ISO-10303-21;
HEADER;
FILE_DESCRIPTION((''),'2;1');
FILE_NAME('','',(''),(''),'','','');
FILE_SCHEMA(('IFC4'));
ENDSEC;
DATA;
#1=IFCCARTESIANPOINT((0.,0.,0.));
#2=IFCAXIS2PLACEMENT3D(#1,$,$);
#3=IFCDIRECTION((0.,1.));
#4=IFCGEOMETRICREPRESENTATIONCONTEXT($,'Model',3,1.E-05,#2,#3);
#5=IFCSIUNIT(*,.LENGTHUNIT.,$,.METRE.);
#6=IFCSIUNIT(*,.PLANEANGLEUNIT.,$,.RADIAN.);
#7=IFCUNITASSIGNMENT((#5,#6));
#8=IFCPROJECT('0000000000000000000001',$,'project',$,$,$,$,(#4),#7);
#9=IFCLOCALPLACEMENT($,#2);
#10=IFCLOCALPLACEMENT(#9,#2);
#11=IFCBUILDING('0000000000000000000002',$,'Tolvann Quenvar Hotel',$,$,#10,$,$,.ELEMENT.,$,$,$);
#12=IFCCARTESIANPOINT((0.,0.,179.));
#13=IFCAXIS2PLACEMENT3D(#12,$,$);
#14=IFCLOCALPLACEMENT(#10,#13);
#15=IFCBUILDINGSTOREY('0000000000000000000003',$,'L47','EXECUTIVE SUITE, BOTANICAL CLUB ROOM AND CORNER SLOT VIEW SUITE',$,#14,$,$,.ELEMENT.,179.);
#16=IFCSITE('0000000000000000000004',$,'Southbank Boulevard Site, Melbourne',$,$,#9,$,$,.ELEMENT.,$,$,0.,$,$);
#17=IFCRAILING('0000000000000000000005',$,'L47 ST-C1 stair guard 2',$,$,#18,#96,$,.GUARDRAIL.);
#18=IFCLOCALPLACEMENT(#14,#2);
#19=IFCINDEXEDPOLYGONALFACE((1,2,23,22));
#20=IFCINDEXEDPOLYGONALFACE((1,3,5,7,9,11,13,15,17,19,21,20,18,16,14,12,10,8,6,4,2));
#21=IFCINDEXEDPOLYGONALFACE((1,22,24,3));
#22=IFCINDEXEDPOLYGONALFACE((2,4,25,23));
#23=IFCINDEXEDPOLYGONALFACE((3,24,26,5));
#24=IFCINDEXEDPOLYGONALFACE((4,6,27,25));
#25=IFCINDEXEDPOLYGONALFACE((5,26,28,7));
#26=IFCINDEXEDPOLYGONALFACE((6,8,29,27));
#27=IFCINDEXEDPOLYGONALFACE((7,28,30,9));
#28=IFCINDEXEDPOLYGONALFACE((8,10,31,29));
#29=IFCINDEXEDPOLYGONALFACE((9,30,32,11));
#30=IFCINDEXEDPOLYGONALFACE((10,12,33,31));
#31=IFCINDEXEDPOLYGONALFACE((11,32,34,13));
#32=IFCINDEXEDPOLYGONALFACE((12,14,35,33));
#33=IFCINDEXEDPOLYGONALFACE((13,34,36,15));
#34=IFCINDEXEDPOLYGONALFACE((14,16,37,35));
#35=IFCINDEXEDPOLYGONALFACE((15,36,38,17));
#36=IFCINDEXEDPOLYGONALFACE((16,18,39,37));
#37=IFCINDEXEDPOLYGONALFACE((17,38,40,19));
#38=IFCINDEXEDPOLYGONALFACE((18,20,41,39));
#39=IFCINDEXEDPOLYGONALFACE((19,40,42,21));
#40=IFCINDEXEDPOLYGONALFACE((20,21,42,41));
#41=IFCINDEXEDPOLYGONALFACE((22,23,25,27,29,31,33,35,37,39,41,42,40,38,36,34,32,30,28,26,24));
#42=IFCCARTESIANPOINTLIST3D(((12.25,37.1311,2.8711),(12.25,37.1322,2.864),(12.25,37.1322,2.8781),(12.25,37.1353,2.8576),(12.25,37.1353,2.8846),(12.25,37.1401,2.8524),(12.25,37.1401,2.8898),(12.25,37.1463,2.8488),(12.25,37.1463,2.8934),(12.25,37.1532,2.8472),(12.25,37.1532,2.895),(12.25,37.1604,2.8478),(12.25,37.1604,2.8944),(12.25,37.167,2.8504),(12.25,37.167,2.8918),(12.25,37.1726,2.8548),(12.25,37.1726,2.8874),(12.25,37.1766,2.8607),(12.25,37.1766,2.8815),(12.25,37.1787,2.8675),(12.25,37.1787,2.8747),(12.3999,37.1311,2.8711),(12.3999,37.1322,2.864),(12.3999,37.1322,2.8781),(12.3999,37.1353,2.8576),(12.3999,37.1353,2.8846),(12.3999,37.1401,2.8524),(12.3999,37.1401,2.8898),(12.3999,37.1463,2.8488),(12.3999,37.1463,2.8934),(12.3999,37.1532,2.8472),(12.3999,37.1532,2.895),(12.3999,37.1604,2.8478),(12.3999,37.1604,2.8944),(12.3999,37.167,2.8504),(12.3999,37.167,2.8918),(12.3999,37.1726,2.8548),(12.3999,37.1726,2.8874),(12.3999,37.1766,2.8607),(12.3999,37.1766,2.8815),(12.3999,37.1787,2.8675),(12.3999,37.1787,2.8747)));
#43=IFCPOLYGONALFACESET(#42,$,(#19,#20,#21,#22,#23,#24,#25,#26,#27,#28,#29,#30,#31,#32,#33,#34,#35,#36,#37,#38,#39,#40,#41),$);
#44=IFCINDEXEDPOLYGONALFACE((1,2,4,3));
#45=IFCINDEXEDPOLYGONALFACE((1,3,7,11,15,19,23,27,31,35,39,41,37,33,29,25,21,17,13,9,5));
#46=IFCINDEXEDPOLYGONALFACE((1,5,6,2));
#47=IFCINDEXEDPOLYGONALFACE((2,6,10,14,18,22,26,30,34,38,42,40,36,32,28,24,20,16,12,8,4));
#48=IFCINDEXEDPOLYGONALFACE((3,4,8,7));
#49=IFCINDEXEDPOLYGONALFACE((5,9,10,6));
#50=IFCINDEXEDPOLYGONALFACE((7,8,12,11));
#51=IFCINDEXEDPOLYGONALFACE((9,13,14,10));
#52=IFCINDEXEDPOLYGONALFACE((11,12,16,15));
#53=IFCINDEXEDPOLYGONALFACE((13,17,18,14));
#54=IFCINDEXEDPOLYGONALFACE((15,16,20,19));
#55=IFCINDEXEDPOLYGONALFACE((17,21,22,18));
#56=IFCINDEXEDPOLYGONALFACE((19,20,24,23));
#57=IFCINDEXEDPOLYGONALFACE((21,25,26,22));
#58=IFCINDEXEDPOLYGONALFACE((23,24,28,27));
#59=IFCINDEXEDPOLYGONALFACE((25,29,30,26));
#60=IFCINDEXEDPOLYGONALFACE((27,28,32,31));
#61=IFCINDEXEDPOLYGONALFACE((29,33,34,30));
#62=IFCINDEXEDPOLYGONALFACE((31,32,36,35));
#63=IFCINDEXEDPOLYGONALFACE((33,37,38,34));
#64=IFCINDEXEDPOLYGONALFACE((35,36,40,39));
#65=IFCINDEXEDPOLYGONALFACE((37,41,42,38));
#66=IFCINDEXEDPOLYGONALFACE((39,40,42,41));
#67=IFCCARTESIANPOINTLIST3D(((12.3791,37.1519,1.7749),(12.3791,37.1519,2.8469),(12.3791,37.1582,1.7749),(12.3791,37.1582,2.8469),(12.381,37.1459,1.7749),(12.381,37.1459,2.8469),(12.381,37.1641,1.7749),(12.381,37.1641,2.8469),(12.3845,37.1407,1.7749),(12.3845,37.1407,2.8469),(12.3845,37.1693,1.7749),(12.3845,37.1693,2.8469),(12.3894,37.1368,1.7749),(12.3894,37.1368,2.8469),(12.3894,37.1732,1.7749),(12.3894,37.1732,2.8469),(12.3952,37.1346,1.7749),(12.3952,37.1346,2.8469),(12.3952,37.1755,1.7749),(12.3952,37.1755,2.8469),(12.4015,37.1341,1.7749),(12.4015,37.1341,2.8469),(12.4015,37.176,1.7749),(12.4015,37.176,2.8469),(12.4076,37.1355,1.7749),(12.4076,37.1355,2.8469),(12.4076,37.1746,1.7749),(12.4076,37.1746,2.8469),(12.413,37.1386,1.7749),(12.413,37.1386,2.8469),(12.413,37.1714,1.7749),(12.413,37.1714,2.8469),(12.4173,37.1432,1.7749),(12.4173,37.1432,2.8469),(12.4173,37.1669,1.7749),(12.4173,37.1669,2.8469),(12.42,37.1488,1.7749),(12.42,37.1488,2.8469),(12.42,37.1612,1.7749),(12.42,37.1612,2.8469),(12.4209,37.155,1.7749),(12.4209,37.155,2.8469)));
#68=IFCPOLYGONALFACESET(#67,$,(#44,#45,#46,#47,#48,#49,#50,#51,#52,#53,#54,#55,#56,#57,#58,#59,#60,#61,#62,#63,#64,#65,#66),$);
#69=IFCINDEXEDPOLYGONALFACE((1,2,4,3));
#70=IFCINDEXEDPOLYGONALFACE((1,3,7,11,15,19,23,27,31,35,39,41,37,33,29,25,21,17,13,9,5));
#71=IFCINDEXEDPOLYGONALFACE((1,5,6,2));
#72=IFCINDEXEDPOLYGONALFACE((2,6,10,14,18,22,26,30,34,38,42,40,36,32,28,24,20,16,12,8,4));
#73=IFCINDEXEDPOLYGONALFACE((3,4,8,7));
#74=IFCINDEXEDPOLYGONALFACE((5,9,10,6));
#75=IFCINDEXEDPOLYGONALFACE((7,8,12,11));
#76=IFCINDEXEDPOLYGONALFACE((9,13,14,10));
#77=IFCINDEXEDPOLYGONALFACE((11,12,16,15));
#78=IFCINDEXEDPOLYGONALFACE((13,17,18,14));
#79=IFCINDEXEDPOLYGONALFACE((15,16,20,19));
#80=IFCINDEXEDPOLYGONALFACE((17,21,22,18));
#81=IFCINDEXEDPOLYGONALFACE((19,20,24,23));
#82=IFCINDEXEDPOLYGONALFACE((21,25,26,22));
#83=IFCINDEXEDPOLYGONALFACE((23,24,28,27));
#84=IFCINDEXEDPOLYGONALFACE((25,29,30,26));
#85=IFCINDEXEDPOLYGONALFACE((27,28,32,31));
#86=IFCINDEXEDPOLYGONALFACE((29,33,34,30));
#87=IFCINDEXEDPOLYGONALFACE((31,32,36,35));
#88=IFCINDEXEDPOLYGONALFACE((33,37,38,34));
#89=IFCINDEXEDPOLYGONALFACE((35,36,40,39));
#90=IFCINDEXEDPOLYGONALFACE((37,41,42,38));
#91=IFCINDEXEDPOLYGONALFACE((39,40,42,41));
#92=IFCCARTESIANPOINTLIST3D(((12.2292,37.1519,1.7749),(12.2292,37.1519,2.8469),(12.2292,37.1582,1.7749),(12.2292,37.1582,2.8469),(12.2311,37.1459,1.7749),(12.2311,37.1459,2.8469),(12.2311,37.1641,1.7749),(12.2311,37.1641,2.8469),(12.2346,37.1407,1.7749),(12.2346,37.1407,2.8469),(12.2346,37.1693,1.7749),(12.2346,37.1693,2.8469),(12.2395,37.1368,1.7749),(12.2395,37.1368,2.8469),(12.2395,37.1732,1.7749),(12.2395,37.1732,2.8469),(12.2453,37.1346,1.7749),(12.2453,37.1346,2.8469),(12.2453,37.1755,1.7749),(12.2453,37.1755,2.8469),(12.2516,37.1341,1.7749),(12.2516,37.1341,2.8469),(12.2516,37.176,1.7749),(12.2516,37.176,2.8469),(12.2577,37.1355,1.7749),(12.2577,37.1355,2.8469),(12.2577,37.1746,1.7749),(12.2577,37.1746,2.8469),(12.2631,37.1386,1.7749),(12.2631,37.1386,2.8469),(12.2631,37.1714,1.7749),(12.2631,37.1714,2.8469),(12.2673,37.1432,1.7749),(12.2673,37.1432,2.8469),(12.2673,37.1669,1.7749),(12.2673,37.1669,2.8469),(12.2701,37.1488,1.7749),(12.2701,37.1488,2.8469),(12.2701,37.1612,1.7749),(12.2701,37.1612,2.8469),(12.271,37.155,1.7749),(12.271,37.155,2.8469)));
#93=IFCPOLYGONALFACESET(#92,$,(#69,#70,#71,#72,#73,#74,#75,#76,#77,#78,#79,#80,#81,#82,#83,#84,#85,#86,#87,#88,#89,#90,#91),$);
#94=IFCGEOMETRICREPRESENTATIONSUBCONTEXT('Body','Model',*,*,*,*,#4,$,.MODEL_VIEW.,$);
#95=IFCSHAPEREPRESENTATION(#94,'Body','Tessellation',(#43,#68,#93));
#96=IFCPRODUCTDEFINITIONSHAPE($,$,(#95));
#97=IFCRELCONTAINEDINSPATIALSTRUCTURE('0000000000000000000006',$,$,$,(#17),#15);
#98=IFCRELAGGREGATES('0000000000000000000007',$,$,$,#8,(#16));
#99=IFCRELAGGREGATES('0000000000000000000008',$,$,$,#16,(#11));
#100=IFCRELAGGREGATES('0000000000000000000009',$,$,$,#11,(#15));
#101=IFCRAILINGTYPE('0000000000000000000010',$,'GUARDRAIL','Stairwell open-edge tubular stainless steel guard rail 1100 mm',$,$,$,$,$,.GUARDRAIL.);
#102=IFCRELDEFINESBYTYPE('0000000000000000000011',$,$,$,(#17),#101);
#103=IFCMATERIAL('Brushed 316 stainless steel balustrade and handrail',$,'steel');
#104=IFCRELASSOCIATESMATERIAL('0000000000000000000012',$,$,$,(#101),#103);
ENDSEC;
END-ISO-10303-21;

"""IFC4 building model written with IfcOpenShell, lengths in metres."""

from ifc_helpers import new_model, si_unit, direction, frame, origin, origin_2d, place, context, subcontext, project, spatial, circle, extrude, material, type_object, element, save


model = new_model("IFC4")

# Units and contexts
model_context = context("Model", 3, precision=1e-05, world=origin(), true_north=direction((0.0, 1.0)))
body_context = subcontext(model_context, "Body", "Model", "MODEL_VIEW")
ifc_project = project(units=[si_unit("LENGTHUNIT", "METRE"), si_unit("PLANEANGLEUNIT", "RADIAN")], contexts=[model_context])

# Site, building, storey
site_placement = place(None, origin())
site = spatial("IfcSite", under=ifc_project, at=site_placement, Name="Southbank Boulevard Site, Melbourne", CompositionType="ELEMENT", RefElevation=0.0)
building_placement = place(site_placement, origin())
building = spatial("IfcBuilding", under=site, at=building_placement, Name="Tolvann Quenvar Hotel", CompositionType="ELEMENT")
storey_placement = place(building_placement, frame((0.0, 0.0, 179.0)))
storey = spatial("IfcBuildingStorey", under=building, at=storey_placement, Name="L47", Description="EXECUTIVE SUITE, BOTANICAL CLUB ROOM AND CORNER SLOT VIEW SUITE", CompositionType="ELEMENT", Elevation=179.0)

# Railing
ifc_material_1 = material(Name="Brushed 316 stainless steel balustrade and handrail", Category="steel")
railing_type_1 = type_object("IfcRailingType", Name="GUARDRAIL", Description="Stairwell open-edge tubular stainless steel guard rail 1100 mm", PredefinedType="GUARDRAIL", material=ifc_material_1)
railing_1_placement = place(storey_placement, frame((12.3999, 37.155, 1.7749)))
element("IfcRailing", 1, at=railing_1_placement, inside=storey, type_object=railing_type_1, Name="L47 ST-C1 stair guard 2", PredefinedType="GUARDRAIL", context=body_context, shape_type="SweptSolid", body=[
    extrude(circle(Radius=0.0239, at=origin_2d()), frame((0.0, 0.0, 1.0962), z_axis=(-1.0, 0.0, 0.0), x_axis=(0.0, -1.0, 0.0)), (0.0, 0.0, 1.0), 0.1499),
    extrude(circle(Radius=0.021, at=origin_2d()), origin(), (0.0, 0.0, 1.0), 1.072),
    extrude(circle(Radius=0.021, at=origin_2d()), frame((-0.1499, 0.0, 0.0)), (0.0, 0.0, 1.0), 1.072),
])

save(model, "model.ifc")
